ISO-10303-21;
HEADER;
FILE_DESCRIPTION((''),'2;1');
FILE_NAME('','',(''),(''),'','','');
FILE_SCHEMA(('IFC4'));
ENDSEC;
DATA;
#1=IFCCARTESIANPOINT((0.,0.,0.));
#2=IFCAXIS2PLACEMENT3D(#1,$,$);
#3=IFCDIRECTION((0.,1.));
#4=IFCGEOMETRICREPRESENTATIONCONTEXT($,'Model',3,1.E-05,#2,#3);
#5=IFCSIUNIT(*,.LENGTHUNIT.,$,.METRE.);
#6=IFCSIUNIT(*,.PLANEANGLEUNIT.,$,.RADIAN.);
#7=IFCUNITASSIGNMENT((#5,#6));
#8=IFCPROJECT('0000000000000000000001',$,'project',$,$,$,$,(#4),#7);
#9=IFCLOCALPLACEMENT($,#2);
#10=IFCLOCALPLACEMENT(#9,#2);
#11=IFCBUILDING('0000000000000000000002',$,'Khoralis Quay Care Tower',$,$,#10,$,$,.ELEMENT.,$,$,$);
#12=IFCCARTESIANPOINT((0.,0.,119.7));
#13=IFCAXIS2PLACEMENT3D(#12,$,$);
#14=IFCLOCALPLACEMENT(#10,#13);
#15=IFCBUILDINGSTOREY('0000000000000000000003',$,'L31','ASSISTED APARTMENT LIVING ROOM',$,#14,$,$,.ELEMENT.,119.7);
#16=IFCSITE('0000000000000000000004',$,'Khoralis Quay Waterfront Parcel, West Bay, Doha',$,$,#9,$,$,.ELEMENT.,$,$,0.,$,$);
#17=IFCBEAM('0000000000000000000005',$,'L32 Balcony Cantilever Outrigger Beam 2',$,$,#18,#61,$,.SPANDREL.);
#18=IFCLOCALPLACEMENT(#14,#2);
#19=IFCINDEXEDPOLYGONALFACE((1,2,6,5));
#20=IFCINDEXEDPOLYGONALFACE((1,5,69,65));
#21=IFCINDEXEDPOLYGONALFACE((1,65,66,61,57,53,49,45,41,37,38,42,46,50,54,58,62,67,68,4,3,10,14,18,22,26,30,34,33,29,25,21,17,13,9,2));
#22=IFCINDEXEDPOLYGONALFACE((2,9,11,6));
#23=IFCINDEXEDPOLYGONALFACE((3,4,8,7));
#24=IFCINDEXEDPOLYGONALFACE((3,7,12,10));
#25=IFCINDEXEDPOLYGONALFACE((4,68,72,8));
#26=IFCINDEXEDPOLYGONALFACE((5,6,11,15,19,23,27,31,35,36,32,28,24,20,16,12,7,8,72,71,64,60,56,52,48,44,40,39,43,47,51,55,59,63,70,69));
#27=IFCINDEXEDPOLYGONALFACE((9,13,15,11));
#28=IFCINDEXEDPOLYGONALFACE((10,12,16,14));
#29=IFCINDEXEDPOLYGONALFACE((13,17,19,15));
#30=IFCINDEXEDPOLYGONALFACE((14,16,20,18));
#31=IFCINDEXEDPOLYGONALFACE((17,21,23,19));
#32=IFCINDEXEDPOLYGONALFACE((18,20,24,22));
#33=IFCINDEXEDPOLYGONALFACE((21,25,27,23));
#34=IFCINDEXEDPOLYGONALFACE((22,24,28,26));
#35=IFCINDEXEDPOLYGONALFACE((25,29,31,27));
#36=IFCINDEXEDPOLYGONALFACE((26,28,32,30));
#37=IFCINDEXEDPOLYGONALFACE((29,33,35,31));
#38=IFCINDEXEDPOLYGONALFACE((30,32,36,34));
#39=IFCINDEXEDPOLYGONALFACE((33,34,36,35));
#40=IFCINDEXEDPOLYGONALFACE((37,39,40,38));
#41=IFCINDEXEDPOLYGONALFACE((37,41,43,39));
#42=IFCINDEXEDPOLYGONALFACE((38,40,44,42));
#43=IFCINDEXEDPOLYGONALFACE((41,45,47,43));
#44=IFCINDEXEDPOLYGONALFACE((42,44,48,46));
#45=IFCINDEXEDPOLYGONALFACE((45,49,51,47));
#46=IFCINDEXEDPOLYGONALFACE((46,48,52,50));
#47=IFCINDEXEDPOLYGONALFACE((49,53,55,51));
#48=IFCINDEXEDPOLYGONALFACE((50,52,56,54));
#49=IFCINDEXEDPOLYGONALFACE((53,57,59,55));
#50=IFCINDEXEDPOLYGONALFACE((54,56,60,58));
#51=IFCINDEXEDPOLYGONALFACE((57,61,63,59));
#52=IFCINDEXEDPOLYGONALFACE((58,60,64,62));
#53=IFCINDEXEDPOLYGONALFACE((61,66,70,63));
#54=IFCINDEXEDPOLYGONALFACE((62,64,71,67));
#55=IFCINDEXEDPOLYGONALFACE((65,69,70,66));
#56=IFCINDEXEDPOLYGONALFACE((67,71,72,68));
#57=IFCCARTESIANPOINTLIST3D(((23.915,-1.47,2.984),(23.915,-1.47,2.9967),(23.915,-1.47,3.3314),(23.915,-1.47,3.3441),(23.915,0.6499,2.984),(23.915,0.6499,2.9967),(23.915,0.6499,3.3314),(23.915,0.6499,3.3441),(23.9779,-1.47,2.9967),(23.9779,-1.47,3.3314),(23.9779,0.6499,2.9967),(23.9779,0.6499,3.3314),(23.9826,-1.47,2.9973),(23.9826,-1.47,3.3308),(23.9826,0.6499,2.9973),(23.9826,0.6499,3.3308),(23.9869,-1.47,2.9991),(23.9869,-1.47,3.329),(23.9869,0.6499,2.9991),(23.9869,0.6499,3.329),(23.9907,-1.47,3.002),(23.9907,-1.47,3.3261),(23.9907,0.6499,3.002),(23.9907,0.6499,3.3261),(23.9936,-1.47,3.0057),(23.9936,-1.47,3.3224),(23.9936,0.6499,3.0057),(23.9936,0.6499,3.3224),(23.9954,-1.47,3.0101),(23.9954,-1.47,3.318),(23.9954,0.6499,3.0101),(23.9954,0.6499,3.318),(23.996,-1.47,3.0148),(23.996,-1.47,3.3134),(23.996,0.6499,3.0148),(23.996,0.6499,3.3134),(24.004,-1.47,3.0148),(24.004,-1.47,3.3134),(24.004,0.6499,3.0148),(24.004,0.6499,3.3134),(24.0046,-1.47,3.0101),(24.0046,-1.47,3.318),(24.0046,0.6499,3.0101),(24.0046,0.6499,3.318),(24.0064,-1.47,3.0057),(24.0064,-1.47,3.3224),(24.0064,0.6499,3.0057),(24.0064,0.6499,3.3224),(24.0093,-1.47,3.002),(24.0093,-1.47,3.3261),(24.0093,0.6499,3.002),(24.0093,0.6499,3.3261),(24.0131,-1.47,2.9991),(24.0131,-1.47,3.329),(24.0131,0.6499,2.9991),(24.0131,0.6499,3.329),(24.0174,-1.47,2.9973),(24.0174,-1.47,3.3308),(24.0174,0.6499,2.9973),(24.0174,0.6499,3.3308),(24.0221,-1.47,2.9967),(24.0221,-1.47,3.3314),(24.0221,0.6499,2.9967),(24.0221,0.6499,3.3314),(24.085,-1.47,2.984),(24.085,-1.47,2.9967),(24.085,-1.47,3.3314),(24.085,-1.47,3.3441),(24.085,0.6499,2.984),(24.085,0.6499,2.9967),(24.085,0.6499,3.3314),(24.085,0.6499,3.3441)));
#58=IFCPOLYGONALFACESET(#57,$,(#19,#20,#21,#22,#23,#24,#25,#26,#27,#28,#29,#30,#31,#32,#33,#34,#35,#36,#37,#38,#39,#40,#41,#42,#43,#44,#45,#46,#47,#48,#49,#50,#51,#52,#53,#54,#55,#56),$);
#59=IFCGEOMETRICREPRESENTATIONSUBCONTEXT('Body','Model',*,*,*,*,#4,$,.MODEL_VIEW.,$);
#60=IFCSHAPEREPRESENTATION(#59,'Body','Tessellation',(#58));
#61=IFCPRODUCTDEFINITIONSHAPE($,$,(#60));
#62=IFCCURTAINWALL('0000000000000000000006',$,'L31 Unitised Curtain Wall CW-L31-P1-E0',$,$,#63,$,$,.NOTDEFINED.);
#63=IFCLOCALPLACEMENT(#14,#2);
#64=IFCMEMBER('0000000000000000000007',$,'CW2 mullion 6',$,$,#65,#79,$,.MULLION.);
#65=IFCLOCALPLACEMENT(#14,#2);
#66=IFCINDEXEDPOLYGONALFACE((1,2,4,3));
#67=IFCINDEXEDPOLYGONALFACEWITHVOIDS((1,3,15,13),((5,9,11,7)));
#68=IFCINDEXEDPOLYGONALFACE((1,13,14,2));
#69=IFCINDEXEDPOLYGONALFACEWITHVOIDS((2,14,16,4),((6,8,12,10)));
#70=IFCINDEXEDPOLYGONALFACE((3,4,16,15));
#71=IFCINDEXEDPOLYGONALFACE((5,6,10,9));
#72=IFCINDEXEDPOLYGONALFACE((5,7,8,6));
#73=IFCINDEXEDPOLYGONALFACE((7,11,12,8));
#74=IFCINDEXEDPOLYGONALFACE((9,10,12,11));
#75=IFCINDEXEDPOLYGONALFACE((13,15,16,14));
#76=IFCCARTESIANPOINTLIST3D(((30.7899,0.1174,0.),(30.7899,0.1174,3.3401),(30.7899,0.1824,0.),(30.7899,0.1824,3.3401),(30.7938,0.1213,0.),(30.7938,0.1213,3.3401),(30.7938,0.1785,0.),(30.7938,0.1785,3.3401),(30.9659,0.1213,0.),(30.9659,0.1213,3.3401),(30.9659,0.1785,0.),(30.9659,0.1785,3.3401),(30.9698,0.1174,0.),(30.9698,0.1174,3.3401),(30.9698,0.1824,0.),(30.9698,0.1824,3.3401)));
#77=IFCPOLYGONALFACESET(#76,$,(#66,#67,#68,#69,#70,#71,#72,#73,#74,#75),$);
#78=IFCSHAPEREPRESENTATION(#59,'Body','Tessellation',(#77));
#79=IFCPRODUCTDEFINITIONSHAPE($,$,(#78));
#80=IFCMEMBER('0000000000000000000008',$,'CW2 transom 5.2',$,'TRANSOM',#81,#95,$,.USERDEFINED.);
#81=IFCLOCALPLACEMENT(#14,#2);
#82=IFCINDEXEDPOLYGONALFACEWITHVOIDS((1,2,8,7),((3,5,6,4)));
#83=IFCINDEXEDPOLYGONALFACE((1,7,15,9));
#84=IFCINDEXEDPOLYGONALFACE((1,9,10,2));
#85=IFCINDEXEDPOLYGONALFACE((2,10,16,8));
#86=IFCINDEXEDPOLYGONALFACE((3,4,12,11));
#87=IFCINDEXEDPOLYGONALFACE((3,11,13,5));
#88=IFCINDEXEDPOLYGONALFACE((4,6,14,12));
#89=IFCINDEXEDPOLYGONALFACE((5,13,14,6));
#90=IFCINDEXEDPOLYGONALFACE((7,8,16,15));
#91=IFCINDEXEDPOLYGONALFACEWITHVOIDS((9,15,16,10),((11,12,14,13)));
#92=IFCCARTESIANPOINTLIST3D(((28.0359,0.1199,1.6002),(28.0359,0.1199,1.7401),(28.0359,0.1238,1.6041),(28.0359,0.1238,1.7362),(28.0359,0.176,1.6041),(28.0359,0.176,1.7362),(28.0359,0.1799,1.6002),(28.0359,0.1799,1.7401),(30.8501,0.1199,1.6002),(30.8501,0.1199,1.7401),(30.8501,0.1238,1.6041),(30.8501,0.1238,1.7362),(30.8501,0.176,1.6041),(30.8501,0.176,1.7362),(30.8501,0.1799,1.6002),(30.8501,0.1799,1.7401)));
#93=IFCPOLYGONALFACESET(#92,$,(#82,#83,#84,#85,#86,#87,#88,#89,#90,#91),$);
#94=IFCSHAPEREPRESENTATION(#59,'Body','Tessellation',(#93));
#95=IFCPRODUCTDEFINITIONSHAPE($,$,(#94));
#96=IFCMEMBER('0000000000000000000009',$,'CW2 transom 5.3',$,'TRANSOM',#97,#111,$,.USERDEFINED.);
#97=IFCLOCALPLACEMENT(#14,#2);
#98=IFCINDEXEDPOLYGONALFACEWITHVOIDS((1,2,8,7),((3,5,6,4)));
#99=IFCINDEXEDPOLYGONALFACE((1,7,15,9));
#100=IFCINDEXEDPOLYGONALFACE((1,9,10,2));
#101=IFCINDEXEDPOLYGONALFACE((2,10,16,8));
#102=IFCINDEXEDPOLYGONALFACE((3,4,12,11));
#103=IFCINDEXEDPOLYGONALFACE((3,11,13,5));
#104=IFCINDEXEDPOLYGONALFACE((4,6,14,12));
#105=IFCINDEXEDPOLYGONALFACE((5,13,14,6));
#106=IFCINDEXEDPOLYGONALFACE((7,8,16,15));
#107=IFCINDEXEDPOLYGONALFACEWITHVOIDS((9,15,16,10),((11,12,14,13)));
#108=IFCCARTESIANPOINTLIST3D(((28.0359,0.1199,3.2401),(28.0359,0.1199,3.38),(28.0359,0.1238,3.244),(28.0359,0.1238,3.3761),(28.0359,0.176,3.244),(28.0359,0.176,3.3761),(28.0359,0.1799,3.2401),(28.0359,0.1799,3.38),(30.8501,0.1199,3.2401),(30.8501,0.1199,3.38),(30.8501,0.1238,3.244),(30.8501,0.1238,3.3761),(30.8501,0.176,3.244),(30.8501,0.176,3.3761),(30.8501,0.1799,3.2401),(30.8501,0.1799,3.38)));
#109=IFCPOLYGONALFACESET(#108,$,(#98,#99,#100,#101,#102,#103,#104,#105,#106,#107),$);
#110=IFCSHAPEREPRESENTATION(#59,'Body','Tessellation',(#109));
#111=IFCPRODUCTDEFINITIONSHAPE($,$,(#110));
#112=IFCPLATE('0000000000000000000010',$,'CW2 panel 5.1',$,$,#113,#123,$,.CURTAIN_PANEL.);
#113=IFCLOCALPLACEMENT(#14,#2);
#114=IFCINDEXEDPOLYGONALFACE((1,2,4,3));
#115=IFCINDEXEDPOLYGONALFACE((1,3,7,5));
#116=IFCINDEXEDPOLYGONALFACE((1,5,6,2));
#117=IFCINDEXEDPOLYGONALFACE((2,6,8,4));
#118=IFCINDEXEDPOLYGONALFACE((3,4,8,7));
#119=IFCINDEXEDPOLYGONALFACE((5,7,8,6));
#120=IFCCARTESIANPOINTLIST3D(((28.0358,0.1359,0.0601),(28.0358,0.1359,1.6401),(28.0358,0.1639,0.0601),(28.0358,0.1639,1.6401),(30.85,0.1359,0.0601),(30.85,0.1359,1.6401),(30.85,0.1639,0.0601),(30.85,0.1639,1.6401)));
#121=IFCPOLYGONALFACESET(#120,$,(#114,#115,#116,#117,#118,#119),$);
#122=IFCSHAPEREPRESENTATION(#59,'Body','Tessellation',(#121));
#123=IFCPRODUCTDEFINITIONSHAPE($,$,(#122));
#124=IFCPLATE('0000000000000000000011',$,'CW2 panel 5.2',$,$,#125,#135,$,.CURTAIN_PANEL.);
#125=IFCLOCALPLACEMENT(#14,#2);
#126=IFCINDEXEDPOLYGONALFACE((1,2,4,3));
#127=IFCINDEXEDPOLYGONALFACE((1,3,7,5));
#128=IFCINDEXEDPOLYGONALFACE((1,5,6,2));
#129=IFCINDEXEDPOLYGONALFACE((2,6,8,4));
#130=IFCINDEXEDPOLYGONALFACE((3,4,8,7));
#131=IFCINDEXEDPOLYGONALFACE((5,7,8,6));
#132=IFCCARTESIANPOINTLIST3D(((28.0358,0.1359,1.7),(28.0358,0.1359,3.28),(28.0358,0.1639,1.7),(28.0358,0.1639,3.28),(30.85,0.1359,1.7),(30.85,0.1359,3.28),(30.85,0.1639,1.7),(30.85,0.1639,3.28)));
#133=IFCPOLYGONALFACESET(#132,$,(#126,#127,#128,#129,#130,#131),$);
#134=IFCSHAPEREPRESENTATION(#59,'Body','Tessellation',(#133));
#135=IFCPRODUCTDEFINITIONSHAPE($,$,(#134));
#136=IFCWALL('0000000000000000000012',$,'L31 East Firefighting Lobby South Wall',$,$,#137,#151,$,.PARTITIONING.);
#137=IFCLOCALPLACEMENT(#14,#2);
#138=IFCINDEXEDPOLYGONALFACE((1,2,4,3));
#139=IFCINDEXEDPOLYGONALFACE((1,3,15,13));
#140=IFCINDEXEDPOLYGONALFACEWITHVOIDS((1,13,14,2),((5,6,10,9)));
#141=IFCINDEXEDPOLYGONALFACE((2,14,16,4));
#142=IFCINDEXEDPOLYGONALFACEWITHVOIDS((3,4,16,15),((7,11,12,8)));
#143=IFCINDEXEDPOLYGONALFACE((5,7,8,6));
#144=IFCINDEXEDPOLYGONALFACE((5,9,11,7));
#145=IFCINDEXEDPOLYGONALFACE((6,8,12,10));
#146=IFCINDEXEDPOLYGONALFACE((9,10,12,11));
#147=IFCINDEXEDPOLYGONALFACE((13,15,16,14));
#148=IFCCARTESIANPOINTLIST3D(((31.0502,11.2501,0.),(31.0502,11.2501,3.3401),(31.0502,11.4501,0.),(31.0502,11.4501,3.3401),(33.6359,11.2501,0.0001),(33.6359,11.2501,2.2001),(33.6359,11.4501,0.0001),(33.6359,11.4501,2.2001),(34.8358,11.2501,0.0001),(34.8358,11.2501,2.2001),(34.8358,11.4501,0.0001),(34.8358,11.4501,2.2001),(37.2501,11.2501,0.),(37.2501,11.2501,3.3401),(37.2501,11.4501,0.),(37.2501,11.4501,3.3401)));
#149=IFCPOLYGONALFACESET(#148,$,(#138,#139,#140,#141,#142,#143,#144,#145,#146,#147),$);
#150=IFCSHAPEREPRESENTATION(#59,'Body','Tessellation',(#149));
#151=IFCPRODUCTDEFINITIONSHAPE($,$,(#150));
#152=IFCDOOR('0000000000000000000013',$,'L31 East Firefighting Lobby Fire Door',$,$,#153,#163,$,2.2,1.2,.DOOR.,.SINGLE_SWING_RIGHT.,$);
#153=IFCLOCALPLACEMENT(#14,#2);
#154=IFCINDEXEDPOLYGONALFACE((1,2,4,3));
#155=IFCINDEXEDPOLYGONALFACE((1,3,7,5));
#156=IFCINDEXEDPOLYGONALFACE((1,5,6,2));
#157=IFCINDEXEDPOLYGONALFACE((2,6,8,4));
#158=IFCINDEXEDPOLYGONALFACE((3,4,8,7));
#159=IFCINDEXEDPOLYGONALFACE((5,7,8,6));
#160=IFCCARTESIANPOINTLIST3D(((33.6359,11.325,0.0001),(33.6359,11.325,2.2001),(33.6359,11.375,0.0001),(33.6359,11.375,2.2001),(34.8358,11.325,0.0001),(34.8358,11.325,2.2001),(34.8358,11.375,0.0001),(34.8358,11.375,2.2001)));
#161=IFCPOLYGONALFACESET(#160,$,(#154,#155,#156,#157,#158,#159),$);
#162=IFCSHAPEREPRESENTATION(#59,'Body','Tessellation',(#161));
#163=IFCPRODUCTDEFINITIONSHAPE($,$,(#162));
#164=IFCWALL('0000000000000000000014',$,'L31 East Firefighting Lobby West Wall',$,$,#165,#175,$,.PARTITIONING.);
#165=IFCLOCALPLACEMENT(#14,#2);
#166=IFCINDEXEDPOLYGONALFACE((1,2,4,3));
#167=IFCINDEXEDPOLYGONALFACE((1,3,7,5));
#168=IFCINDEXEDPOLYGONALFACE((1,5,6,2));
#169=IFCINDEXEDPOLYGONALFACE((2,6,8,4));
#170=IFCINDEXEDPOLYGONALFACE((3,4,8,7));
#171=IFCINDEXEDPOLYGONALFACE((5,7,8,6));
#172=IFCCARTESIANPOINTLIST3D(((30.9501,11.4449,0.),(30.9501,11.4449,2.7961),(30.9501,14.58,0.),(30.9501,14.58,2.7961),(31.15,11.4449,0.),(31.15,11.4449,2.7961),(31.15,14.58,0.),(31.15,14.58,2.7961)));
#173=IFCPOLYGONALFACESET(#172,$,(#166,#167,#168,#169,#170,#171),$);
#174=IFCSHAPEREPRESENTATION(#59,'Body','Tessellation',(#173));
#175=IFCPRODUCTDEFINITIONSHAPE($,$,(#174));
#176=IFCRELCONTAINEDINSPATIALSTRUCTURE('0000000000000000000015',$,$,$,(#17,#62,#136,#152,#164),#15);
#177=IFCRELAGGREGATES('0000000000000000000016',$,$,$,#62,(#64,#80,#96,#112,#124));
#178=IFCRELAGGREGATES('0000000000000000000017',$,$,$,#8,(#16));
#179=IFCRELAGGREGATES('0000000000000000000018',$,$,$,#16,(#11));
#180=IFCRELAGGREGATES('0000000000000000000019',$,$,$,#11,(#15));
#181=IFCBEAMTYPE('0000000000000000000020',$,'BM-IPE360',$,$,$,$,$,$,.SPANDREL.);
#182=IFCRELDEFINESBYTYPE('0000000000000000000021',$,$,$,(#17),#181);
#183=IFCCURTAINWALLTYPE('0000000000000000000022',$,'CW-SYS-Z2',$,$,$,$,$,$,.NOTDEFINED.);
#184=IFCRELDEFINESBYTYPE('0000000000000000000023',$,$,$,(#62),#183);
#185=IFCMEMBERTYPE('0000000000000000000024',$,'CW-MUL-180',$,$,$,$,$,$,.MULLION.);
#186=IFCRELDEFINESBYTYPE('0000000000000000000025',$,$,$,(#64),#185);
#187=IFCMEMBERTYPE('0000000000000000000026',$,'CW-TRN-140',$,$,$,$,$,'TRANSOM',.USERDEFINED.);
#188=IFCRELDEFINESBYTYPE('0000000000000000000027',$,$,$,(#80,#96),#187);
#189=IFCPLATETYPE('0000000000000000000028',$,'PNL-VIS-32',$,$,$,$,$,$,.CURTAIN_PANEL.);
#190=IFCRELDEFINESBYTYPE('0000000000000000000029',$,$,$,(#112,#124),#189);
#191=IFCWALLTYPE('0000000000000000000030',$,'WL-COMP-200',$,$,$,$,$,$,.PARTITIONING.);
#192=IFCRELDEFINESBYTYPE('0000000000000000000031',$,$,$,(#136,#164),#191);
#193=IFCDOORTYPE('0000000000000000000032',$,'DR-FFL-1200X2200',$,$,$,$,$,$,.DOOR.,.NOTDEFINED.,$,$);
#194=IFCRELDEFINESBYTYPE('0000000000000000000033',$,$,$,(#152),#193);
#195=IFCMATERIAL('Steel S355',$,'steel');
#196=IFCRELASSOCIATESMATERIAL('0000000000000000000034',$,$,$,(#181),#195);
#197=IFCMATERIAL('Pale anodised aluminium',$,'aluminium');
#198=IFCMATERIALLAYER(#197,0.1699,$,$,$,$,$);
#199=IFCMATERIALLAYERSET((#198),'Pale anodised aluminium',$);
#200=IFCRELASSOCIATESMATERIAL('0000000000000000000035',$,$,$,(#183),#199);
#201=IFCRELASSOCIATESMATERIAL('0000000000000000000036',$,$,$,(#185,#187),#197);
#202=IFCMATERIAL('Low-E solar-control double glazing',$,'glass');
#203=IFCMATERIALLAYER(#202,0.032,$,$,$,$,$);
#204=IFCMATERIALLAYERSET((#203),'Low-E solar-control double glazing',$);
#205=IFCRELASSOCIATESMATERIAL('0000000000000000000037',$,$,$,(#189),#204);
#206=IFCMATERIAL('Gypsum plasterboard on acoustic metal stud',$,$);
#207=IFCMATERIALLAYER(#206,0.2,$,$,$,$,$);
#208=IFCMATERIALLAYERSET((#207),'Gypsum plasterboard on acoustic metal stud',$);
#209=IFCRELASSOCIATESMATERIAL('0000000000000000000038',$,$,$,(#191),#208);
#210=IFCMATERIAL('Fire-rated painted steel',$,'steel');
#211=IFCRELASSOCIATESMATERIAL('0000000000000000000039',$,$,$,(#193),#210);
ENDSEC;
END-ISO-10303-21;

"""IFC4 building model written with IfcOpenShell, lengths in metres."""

from ifc_helpers import new_model, si_unit, direction, frame, frame_2d, origin, origin_2d, place, context, subcontext, project, spatial, rectangle, hollow_rectangle, i_section, extrude, source, transform, mapped, material, layer, layer_set, material_profile, profile_set, type_object, element, fill, aggregate, save


model = new_model("IFC4")

# Units and contexts
model_context = context("Model", 3, precision=1e-05, world=origin(), true_north=direction((0.0, 1.0)))
body_context = subcontext(model_context, "Body", "Model", "MODEL_VIEW")
ifc_project = project(units=[si_unit("LENGTHUNIT", "METRE"), si_unit("PLANEANGLEUNIT", "RADIAN")], contexts=[model_context])

# Site, building, storey
site_placement = place(None, origin())
site = spatial("IfcSite", under=ifc_project, at=site_placement, Name="Khoralis Quay Waterfront Parcel, West Bay, Doha", CompositionType="ELEMENT", RefElevation=0.0)
building_placement = place(site_placement, origin())
building = spatial("IfcBuilding", under=site, at=building_placement, Name="Khoralis Quay Care Tower", CompositionType="ELEMENT")
storey_placement = place(building_placement, frame((0.0, 0.0, 119.7)))
storey = spatial("IfcBuildingStorey", under=building, at=storey_placement, Name="L31", Description="ASSISTED APARTMENT LIVING ROOM", CompositionType="ELEMENT", Elevation=119.7)

# Beam
ifc_material_1 = material(Name="Steel S355", Category="steel")
ifc_material_profile_1 = material_profile(ifc_material_1, i_section(OverallWidth=0.1699, OverallDepth=0.3601, WebThickness=0.0081, FlangeThickness=0.0127, FilletRadius=0.0181, at=origin_2d()), Name="Steel S355")
ifc_profile_set_1 = profile_set([ifc_material_profile_1], Name="Steel S355")
beam_type_1 = type_object("IfcBeamType", Name="BM-IPE360", PredefinedType="SPANDREL", material=ifc_profile_set_1)
shared_shape_1 = source(origin(), body_context, "Body", "SweptSolid", [
    extrude(i_section(OverallWidth=0.1699, OverallDepth=0.3601, WebThickness=0.0081, FlangeThickness=0.0127, FilletRadius=0.0181, at=origin_2d()), origin(), (0.0, 0.0, 1.0), 2.1199),
])
beam_1_placement = place(storey_placement, frame((24.0, 0.6499, 3.1641), z_axis=(0.0, -1.0, 0.0), x_axis=(1.0, 0.0, 0.0)))
element("IfcBeam", 1, at=beam_1_placement, inside=storey, type_object=beam_type_1, Name="L32 Balcony Cantilever Outrigger Beam 2", PredefinedType="SPANDREL", context=body_context, shape_type="MappedRepresentation", body=[
    mapped(shared_shape_1, transform((0.0, 0.0, 0.0), scale=1.0)),
])

# Curtain wall, members, plates
ifc_material_2 = material(Name="Pale anodised aluminium", Category="aluminium")
ifc_layer_1 = layer(ifc_material_2, 0.1699)
ifc_layer_set_1 = layer_set([ifc_layer_1], Name="Pale anodised aluminium")
curtain_wall_type = type_object("IfcCurtainWallType", Name="CW-SYS-Z2", PredefinedType="NOTDEFINED", material=ifc_layer_set_1)
curtain_wall_placement = place(storey_placement, origin())
curtain_wall = element("IfcCurtainWall", 2, at=curtain_wall_placement, inside=storey, type_object=curtain_wall_type, Name="L31 Unitised Curtain Wall CW-L31-P1-E0", PredefinedType="NOTDEFINED")
ifc_material_profile_2 = material_profile(ifc_material_2, hollow_rectangle(XDim=0.0649, YDim=0.1799, WallThickness=0.0039, at=origin_2d()), Name="Pale anodised aluminium")
ifc_profile_set_2 = profile_set([ifc_material_profile_2], Name="Pale anodised aluminium")
member_type_1 = type_object("IfcMemberType", Name="CW-MUL-180", PredefinedType="MULLION", material=ifc_profile_set_2)
shared_shape_2 = source(origin(), body_context, "Body", "SweptSolid", [
    extrude(hollow_rectangle(XDim=0.0649, YDim=0.1799, WallThickness=0.0039, at=origin_2d()), origin(), (0.0, 0.0, 1.0), 3.3401),
])
member_1_placement = place(storey_placement, frame((30.8799, 0.1499, 0.0), z_axis=(0.0, 0.0, 1.0), x_axis=(0.0, 1.0, 0.0)))
member_1 = element("IfcMember", 3, at=member_1_placement, type_object=member_type_1, Name="CW2 mullion 6", PredefinedType="MULLION", context=body_context, shape_type="MappedRepresentation", body=[
    mapped(shared_shape_2, transform((0.0, 0.0, 0.0), scale=1.0)),
])
ifc_material_profile_3 = material_profile(ifc_material_2, hollow_rectangle(XDim=0.0601, YDim=0.1399, WallThickness=0.0039, at=origin_2d()), Name="Pale anodised aluminium")
ifc_profile_set_3 = profile_set([ifc_material_profile_3], Name="Pale anodised aluminium")
member_type_2 = type_object("IfcMemberType", Name="CW-TRN-140", ElementType="TRANSOM", PredefinedType="USERDEFINED", material=ifc_profile_set_3)
shared_shape_3 = source(origin(), body_context, "Body", "SweptSolid", [
    extrude(hollow_rectangle(XDim=0.0601, YDim=0.1399, WallThickness=0.0039, at=origin_2d()), origin(), (0.0, 0.0, 1.0), 2.8142),
])
member_2_placement = place(storey_placement, frame((28.0359, 0.1499, 1.6702), z_axis=(1.0, 0.0, 0.0), x_axis=(0.0, 1.0, 0.0)))
member_2 = element("IfcMember", 4, at=member_2_placement, type_object=member_type_2, Name="CW2 transom 5.2", ObjectType="TRANSOM", PredefinedType="USERDEFINED", context=body_context, shape_type="MappedRepresentation", body=[
    mapped(shared_shape_3, transform((0.0, 0.0, 0.0), scale=1.0)),
])
member_3_placement = place(storey_placement, frame((28.0359, 0.1499, 3.3101), z_axis=(1.0, 0.0, 0.0), x_axis=(0.0, 1.0, 0.0)))
member_3 = element("IfcMember", 5, at=member_3_placement, type_object=member_type_2, Name="CW2 transom 5.3", ObjectType="TRANSOM", PredefinedType="USERDEFINED", context=body_context, shape_type="MappedRepresentation", body=[
    mapped(shared_shape_3, transform((0.0, 0.0, 0.0), scale=1.0)),
])
ifc_material_3 = material(Name="Low-E solar-control double glazing", Category="glass")
ifc_layer_2 = layer(ifc_material_3, 0.032)
ifc_layer_set_2 = layer_set([ifc_layer_2], Name="Low-E solar-control double glazing")
plate_type = type_object("IfcPlateType", Name="PNL-VIS-32", PredefinedType="CURTAIN_PANEL", material=ifc_layer_set_2)
shared_shape_4 = source(origin(), body_context, "Body", "SweptSolid", [
    extrude(rectangle(XDim=2.8142, YDim=0.0281, at=origin_2d()), origin(), (0.0, 0.0, 1.0), 1.5801),
])
plate_1_placement = place(storey_placement, frame((29.4429, 0.1499, 0.0601), z_axis=(0.0, 0.0, 1.0), x_axis=(1.0, 0.0, 0.0)))
plate_1 = element("IfcPlate", 6, at=plate_1_placement, type_object=plate_type, Name="CW2 panel 5.1", PredefinedType="CURTAIN_PANEL", context=body_context, shape_type="MappedRepresentation", body=[
    mapped(shared_shape_4, transform((0.0, 0.0, 0.0), scale=1.0)),
])
plate_2_placement = place(storey_placement, frame((29.4429, 0.1499, 1.7), z_axis=(0.0, 0.0, 1.0), x_axis=(1.0, 0.0, 0.0)))
plate_2 = element("IfcPlate", 7, at=plate_2_placement, type_object=plate_type, Name="CW2 panel 5.2", PredefinedType="CURTAIN_PANEL", context=body_context, shape_type="MappedRepresentation", body=[
    mapped(shared_shape_4, transform((0.0, 0.0, 0.0), scale=1.0)),
])
aggregate(curtain_wall, [member_1, member_2, member_3, plate_1, plate_2])

# Wall, opening, door
ifc_material_4 = material(Name="Gypsum plasterboard on acoustic metal stud")
ifc_layer_3 = layer(ifc_material_4, 0.2)
ifc_layer_set_3 = layer_set([ifc_layer_3], Name="Gypsum plasterboard on acoustic metal stud")
wall_type_1 = type_object("IfcWallType", Name="WL-COMP-200", PredefinedType="PARTITIONING", material=ifc_layer_set_3)
wall_1_placement = place(storey_placement, frame((31.05, 11.3501, 0.0), z_axis=(0.0, 0.0, 1.0), x_axis=(1.0, 0.0, 0.0)))
wall_1 = element("IfcWall", 8, at=wall_1_placement, inside=storey, type_object=wall_type_1, Name="L31 East Firefighting Lobby South Wall", PredefinedType="PARTITIONING", context=body_context, shape_type="SweptSolid", body=[
    extrude(rectangle(XDim=6.2, YDim=0.2, at=frame_2d((3.1001, 0.0))), origin(), (0.0, 0.0, 1.0), 3.3401),
])
opening_1_placement = place(wall_1_placement, frame((2.5857, 0.0, 0.0)))
opening_1 = element("IfcOpeningElement", 9, at=opening_1_placement, cuts=wall_1, PredefinedType="OPENING", context=body_context, shape_type="SweptSolid", body=[
    extrude(rectangle(XDim=1.2, YDim=2.2, at=frame_2d((0.6001, 1.1001))), frame((0.0, 0.1099, 0.0), z_axis=(0.0, -1.0, 0.0), x_axis=(1.0, 0.0, 0.0)), (0.0, 0.0, 1.0), 0.22),
])
ifc_material_5 = material(Name="Fire-rated painted steel", Category="steel")
door_type_1 = type_object("IfcDoorType", Name="DR-FFL-1200X2200", OperationType="NOTDEFINED", PredefinedType="DOOR", material=ifc_material_5)
shared_shape_5 = source(origin(), body_context, "Body", "SweptSolid", [
    extrude(rectangle(XDim=1.2, YDim=2.2, at=frame_2d((0.6001, 1.1001))), frame((0.0, 0.0249, 0.0), z_axis=(0.0, -1.0, 0.0), x_axis=(1.0, 0.0, 0.0)), (0.0, 0.0, 1.0), 0.05),
])
door_1_placement = place(opening_1_placement, origin())
door_1 = element("IfcDoor", 10, at=door_1_placement, inside=storey, type_object=door_type_1, Name="L31 East Firefighting Lobby Fire Door", OperationType="SINGLE_SWING_RIGHT", OverallHeight=2.2, OverallWidth=1.2, PredefinedType="DOOR", context=body_context, shape_type="MappedRepresentation", body=[
    mapped(shared_shape_5, transform((0.0, 0.0, 0.0), scale=1.0)),
])
fill(opening_1, door_1)

# Wall
wall_2_placement = place(storey_placement, frame((31.05, 11.4451, 0.0), z_axis=(0.0, 0.0, 1.0), x_axis=(0.0, 1.0, 0.0)))
element("IfcWall", 11, at=wall_2_placement, inside=storey, type_object=wall_type_1, Name="L31 East Firefighting Lobby West Wall", PredefinedType="PARTITIONING", context=body_context, shape_type="SweptSolid", body=[
    extrude(rectangle(XDim=3.135, YDim=0.2, at=frame_2d((1.5674, 0.0))), origin(), (0.0, 0.0, 1.0), 2.7961),
])

save(model, "model.ifc")
